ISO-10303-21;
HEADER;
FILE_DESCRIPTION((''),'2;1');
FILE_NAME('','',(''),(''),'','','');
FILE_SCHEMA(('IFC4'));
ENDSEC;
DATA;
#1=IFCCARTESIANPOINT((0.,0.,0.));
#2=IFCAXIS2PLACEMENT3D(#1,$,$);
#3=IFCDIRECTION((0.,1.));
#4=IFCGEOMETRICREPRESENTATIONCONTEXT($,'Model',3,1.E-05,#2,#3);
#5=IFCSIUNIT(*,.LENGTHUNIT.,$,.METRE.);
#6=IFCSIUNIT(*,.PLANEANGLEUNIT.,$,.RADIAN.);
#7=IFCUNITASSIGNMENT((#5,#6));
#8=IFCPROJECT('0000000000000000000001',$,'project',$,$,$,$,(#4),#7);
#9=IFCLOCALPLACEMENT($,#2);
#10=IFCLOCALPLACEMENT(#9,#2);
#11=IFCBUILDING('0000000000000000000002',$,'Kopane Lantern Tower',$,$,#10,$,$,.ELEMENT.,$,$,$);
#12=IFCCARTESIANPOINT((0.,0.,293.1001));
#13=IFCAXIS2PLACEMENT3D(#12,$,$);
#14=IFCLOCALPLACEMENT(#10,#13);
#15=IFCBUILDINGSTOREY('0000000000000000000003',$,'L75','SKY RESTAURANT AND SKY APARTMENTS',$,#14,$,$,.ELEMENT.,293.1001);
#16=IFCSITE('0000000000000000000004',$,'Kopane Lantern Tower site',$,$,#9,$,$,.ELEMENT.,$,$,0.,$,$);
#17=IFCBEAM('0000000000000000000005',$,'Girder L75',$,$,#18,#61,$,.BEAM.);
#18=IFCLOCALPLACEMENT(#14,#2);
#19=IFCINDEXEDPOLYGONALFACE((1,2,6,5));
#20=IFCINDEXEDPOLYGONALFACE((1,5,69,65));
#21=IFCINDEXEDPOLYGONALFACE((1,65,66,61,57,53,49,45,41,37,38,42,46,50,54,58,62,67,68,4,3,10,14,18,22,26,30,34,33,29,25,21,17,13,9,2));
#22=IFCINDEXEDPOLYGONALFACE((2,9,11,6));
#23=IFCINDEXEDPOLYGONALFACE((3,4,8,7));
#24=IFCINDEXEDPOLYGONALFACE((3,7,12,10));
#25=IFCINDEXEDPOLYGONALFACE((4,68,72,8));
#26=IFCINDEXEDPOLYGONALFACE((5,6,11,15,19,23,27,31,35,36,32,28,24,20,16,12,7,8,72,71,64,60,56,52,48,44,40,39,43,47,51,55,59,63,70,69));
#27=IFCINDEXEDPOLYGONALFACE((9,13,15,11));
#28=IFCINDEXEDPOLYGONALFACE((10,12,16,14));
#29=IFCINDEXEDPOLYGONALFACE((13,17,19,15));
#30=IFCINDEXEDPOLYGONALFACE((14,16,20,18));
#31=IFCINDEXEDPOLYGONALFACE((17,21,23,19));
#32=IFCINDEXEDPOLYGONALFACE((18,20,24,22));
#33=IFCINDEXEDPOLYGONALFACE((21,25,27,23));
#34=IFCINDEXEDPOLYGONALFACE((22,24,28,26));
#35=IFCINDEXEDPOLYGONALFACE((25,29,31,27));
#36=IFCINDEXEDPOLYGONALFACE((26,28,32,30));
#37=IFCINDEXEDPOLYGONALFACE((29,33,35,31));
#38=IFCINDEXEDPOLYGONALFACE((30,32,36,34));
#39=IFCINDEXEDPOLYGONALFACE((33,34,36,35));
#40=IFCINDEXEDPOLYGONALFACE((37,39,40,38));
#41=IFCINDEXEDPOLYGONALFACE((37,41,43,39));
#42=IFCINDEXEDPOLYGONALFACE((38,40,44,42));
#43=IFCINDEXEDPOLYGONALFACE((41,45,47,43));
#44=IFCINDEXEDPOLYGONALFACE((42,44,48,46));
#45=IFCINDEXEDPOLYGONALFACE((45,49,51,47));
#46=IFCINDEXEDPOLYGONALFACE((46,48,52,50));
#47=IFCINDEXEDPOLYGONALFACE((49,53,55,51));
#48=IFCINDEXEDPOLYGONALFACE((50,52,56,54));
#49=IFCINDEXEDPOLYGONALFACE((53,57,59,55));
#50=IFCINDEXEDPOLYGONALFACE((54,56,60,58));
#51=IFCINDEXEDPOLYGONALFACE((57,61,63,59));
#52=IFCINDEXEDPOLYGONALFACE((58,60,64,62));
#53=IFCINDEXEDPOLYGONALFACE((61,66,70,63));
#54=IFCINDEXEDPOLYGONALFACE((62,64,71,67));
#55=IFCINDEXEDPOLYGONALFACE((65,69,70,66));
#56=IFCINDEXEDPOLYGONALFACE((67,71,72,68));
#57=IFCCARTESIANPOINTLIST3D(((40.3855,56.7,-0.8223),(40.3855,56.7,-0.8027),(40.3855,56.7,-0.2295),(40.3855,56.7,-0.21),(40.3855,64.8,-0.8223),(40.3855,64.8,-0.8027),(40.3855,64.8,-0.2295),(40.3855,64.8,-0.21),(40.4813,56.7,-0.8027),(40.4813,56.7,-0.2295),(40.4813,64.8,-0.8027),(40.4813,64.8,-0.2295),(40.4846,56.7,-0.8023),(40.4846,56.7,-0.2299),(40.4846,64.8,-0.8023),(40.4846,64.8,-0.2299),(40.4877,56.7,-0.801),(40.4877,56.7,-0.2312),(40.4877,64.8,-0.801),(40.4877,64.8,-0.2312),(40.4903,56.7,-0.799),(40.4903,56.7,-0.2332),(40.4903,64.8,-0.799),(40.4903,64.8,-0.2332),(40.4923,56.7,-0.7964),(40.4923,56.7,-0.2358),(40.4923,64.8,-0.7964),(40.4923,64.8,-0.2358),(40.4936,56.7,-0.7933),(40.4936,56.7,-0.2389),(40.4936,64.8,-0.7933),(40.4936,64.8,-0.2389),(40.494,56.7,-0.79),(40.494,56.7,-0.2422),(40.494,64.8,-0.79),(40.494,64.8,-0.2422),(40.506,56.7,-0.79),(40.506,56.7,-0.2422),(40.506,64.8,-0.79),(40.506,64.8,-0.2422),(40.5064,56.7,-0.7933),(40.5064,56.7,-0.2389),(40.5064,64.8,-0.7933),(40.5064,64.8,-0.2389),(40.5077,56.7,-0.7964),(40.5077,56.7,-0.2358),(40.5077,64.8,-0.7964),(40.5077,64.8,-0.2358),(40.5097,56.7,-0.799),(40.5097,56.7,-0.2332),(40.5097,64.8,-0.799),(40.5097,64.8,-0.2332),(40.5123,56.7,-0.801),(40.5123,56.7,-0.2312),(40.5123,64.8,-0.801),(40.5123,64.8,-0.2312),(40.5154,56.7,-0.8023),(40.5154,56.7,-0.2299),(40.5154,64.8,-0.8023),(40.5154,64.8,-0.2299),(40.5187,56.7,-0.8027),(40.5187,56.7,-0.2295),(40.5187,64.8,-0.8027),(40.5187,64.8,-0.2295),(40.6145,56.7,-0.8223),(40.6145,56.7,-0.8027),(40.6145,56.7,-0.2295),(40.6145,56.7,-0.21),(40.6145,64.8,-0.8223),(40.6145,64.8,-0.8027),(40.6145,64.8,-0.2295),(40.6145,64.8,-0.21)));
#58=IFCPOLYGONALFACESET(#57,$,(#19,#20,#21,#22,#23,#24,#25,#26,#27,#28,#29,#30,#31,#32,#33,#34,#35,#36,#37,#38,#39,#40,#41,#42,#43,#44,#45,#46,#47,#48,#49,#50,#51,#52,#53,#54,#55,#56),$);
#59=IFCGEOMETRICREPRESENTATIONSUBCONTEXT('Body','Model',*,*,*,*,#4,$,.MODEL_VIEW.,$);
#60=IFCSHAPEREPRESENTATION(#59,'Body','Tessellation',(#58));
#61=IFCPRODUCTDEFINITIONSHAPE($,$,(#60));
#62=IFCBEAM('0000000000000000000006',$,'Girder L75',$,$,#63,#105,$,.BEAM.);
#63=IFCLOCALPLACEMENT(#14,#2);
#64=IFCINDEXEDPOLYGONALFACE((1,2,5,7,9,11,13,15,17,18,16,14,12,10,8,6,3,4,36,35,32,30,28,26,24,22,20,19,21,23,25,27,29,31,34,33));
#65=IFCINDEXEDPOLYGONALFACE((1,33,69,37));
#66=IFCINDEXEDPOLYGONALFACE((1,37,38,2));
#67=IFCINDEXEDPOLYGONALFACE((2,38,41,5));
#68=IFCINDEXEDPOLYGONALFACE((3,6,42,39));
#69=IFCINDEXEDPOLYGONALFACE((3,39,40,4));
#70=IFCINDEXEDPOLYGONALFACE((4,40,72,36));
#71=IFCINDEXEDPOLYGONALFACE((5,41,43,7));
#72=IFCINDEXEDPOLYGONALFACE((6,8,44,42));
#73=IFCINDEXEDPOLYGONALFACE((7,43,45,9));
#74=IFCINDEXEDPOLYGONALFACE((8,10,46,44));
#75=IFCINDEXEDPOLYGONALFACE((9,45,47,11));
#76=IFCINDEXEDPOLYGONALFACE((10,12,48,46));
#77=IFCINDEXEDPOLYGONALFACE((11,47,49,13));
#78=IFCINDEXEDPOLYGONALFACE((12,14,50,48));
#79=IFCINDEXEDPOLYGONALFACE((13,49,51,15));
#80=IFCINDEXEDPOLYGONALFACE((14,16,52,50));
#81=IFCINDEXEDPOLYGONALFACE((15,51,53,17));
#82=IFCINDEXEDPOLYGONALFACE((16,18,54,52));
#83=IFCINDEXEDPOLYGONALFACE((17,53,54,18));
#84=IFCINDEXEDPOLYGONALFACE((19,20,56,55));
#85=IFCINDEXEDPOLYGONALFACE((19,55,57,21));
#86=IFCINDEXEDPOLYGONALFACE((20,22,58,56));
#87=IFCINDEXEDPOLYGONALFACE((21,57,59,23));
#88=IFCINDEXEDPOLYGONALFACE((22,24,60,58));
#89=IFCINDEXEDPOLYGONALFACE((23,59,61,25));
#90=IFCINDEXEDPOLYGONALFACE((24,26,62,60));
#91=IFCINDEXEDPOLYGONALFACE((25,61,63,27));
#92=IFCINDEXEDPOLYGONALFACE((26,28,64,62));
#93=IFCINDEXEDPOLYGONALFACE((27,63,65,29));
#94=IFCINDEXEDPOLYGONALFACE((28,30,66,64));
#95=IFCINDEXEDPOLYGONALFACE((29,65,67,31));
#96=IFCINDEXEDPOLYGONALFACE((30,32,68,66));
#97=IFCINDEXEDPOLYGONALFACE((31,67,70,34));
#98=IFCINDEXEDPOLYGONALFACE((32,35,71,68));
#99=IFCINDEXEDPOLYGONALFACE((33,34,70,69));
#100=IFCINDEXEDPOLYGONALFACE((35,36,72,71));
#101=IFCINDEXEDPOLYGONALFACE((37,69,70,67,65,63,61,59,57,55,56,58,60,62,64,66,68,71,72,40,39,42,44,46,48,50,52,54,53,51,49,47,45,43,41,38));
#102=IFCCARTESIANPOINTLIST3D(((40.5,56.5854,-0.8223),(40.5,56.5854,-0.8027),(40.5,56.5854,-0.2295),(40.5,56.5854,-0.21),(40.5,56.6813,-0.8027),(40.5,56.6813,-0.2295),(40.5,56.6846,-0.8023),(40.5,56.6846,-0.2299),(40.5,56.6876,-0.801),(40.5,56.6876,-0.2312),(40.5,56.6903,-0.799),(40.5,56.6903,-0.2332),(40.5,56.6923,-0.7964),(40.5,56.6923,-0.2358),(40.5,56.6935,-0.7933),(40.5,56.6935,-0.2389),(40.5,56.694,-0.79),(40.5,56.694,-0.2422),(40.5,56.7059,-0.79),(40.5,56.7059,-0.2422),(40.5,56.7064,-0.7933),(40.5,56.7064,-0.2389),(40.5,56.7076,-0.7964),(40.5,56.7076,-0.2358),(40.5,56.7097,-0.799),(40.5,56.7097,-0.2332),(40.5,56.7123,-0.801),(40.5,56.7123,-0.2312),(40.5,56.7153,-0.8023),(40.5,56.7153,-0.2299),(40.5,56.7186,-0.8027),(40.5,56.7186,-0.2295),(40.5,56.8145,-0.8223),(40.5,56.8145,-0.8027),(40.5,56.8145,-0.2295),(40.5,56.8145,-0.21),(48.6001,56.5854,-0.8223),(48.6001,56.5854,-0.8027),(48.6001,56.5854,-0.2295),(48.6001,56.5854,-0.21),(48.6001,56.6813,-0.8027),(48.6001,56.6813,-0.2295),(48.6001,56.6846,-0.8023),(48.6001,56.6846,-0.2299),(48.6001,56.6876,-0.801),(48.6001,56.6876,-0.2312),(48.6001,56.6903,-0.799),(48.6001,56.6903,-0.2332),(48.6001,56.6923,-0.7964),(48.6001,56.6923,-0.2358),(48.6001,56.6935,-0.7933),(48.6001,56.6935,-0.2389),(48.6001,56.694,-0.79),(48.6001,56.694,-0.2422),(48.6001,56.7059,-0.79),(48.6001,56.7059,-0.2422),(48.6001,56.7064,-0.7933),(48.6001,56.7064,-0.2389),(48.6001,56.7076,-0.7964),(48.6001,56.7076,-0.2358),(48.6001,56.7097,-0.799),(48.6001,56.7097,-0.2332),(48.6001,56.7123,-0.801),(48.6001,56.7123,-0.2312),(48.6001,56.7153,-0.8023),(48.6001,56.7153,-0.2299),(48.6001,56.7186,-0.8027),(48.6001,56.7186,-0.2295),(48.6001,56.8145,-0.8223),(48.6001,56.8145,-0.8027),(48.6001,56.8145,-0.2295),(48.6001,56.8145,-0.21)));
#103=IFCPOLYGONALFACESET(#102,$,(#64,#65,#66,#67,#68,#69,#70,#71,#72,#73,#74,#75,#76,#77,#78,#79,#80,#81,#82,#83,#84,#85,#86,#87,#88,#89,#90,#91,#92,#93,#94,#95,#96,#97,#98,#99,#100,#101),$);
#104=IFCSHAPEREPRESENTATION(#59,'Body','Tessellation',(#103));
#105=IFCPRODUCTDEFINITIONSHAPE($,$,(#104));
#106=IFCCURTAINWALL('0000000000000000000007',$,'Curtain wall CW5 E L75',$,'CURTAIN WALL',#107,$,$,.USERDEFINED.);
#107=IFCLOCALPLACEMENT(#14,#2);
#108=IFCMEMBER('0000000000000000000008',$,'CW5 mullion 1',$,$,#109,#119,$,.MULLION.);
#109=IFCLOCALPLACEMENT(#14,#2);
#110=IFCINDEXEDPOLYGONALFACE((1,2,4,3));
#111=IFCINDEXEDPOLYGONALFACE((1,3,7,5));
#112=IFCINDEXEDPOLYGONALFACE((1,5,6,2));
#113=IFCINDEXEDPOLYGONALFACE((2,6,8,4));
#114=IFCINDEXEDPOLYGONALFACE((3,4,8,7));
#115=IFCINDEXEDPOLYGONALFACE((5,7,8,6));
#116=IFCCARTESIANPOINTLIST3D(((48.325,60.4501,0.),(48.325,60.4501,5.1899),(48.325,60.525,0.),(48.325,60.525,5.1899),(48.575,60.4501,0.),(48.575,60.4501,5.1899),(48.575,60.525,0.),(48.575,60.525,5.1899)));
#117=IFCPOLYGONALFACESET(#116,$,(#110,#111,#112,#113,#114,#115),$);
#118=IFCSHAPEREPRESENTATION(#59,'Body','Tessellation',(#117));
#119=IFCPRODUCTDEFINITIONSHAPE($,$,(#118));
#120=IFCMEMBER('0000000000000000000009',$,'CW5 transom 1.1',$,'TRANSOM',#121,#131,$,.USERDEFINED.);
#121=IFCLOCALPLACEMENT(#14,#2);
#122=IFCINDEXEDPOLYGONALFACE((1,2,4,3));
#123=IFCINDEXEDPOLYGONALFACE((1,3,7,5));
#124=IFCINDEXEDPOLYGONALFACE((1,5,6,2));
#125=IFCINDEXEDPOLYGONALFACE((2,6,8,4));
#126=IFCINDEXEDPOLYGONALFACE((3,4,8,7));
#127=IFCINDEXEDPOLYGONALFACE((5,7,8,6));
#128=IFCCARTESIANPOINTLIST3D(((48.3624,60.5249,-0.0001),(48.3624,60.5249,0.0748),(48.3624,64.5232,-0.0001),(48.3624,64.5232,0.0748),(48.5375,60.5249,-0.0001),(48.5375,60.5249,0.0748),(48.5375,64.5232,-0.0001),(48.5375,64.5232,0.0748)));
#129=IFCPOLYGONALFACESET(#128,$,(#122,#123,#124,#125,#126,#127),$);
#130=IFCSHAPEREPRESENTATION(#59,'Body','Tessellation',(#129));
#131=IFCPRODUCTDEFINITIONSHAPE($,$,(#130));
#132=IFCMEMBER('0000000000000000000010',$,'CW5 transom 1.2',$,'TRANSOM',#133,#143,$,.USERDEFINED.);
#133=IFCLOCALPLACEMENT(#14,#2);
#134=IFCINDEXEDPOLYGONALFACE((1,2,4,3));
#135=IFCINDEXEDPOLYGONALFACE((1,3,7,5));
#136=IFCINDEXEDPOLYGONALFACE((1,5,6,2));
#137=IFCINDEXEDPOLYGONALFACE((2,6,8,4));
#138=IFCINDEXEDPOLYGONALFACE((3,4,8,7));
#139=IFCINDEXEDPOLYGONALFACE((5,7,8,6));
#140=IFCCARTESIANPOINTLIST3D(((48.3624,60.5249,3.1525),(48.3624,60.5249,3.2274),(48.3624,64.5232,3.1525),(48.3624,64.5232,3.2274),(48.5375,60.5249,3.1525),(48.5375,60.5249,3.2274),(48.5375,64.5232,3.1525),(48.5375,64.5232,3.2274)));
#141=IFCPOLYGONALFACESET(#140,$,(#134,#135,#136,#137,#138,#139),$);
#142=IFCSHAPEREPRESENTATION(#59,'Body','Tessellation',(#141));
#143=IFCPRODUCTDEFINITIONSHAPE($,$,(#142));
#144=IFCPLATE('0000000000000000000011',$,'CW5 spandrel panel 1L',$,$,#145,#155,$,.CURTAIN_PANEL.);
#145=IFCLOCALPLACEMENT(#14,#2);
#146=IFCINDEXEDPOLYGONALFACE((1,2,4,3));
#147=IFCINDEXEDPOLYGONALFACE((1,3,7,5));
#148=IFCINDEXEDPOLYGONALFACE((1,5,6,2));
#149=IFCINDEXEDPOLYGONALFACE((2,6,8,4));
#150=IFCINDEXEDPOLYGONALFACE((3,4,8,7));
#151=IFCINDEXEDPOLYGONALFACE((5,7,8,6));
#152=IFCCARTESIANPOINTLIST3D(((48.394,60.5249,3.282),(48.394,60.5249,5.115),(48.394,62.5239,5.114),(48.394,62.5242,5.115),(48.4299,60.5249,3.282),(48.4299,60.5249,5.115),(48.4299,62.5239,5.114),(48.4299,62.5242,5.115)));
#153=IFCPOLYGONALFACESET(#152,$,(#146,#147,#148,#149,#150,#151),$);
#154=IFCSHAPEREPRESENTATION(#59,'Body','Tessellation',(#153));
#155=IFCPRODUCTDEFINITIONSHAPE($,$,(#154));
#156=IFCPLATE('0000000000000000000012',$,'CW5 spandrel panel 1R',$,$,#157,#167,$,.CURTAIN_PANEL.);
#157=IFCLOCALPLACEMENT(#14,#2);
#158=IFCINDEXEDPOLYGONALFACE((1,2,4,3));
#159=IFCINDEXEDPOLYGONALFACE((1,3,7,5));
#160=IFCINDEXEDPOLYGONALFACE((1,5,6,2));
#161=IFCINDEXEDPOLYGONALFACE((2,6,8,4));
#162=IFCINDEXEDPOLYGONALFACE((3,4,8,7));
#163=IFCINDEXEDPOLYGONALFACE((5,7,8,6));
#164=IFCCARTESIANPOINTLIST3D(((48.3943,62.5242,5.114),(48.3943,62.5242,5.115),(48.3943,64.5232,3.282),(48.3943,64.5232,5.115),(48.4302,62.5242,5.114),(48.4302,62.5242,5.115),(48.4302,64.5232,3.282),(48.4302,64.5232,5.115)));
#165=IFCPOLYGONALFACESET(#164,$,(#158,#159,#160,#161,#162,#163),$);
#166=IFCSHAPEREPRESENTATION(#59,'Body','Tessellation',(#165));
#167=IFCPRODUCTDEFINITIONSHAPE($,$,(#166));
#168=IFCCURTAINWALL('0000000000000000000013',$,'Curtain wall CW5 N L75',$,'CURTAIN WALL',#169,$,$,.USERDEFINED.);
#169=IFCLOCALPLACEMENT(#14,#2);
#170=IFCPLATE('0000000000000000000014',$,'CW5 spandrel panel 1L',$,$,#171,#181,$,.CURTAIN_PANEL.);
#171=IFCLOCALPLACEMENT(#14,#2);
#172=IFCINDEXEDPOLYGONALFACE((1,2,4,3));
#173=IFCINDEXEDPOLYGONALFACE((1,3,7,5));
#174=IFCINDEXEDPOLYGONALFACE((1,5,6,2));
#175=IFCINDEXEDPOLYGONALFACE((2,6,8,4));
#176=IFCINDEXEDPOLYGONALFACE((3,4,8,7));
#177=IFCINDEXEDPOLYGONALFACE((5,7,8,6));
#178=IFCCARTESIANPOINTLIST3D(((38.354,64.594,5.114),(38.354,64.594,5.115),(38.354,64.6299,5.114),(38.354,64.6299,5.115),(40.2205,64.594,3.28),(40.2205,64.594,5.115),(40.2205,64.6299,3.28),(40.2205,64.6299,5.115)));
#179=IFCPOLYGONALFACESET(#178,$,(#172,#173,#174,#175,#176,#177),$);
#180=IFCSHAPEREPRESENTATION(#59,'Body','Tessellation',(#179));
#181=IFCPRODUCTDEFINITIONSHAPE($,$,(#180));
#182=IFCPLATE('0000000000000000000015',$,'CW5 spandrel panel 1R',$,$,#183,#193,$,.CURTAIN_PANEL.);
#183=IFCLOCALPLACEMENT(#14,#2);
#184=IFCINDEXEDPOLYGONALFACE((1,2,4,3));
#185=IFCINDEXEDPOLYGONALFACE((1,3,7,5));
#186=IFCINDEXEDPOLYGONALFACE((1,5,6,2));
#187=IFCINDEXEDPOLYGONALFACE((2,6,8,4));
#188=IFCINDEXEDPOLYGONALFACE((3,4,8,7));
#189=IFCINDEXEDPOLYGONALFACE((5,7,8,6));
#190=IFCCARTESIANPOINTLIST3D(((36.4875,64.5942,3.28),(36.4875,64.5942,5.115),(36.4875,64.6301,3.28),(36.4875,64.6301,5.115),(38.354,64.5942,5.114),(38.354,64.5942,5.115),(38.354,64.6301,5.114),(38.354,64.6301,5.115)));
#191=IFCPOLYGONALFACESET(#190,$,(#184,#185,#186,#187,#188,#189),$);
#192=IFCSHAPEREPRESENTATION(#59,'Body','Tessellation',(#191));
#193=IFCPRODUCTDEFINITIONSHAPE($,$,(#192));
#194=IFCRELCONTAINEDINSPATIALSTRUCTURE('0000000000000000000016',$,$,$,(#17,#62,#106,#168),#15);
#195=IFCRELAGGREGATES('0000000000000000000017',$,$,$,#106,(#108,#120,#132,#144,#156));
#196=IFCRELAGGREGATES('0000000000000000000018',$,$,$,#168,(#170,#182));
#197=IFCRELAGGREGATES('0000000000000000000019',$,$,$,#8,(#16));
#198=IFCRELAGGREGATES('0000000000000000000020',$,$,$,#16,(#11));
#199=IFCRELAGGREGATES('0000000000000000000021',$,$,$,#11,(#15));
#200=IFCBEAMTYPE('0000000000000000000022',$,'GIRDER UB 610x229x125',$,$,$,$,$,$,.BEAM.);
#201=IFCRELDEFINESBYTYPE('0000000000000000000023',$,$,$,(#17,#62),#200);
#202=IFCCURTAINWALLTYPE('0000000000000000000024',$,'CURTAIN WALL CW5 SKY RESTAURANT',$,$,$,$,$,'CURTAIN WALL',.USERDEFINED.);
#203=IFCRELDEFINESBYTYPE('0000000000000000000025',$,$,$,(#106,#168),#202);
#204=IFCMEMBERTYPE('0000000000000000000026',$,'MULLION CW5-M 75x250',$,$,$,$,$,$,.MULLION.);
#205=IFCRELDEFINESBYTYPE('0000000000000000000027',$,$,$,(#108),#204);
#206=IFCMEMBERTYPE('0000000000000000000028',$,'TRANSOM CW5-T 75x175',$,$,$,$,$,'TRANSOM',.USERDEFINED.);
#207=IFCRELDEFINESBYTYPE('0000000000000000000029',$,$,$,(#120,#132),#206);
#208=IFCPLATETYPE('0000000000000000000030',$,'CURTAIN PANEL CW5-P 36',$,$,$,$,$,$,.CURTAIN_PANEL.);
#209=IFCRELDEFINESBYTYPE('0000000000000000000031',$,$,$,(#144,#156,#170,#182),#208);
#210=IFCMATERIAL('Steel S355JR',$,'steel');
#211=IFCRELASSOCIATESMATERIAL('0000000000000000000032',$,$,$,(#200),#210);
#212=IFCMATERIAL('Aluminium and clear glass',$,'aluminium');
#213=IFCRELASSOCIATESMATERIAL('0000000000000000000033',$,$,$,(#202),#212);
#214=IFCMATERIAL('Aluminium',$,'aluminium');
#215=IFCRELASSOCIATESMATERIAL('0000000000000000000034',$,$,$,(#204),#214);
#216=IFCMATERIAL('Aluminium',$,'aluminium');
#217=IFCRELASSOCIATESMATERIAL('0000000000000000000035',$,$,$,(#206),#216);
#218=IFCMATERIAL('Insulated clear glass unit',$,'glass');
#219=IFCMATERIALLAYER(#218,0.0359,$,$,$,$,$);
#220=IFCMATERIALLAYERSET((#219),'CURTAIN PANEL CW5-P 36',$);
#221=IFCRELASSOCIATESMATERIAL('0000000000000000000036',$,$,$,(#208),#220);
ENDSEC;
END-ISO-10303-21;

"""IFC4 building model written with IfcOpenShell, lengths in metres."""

from ifc_helpers import new_model, si_unit, direction, frame, origin, origin_2d, place, context, subcontext, project, spatial, polyline, rectangle, i_section, outline, extrude, material, layer, layer_set, material_profile, profile_set, type_object, element, aggregate, save


model = new_model("IFC4")

# Units and contexts
model_context = context("Model", 3, precision=1e-05, world=origin(), true_north=direction((0.0, 1.0)))
body_context = subcontext(model_context, "Body", "Model", "MODEL_VIEW")
ifc_project = project(units=[si_unit("LENGTHUNIT", "METRE"), si_unit("PLANEANGLEUNIT", "RADIAN")], contexts=[model_context])

# Site, building, storey
site_placement = place(None, origin())
site = spatial("IfcSite", under=ifc_project, at=site_placement, Name="Kopane Lantern Tower site", CompositionType="ELEMENT", RefElevation=0.0)
building_placement = place(site_placement, origin())
building = spatial("IfcBuilding", under=site, at=building_placement, Name="Kopane Lantern Tower", CompositionType="ELEMENT")
storey_placement = place(building_placement, frame((0.0, 0.0, 293.1001)))
storey = spatial("IfcBuildingStorey", under=building, at=storey_placement, Name="L75", Description="SKY RESTAURANT AND SKY APARTMENTS", CompositionType="ELEMENT", Elevation=293.1001)

# Beams
ifc_material_1 = material(Name="Steel S355JR", Category="steel")
ifc_material_profile_1 = material_profile(ifc_material_1, i_section(OverallWidth=0.229, OverallDepth=0.6123, WebThickness=0.012, FlangeThickness=0.0195, FilletRadius=0.0127, at=origin_2d()), Name="UB 610x229x125")
ifc_profile_set_1 = profile_set([ifc_material_profile_1], Name="Steel S355JR")
beam_type = type_object("IfcBeamType", Name="GIRDER UB 610x229x125", PredefinedType="BEAM", material=ifc_profile_set_1)
for number, where, z_axis, x_axis, name in (
    (1, (40.5, 56.7, -0.5161), (0.0, 1.0, 0.0), (-1.0, 0.0, 0.0), "Girder L75"),
    (2, (40.5, 56.7, -0.5161), (1.0, 0.0, 0.0), (0.0, 1.0, 0.0), "Girder L75"),
):
    element("IfcBeam", number, at=place(storey_placement, frame(where, z_axis=z_axis, x_axis=x_axis)), inside=storey, type_object=beam_type, Name=name, PredefinedType="BEAM", context=body_context, shape_type="SweptSolid", body=[
        extrude(i_section(OverallWidth=0.229, OverallDepth=0.6123, WebThickness=0.012, FlangeThickness=0.0195, FilletRadius=0.0127, at=origin_2d()), origin(), (0.0, 0.0, 1.0), 8.1001),
    ])

# Curtain wall, members, plates
ifc_material_2 = material(Name="Aluminium and clear glass", Category="aluminium")
curtain_wall_type = type_object("IfcCurtainWallType", Name="CURTAIN WALL CW5 SKY RESTAURANT", ElementType="CURTAIN WALL", PredefinedType="USERDEFINED", material=ifc_material_2)
curtain_wall_1_placement = place(storey_placement, origin())
curtain_wall_1 = element("IfcCurtainWall", 3, at=curtain_wall_1_placement, inside=storey, type_object=curtain_wall_type, Name="Curtain wall CW5 E L75", ObjectType="CURTAIN WALL", PredefinedType="USERDEFINED")
ifc_material_3 = material(Name="Aluminium", Category="aluminium")
ifc_material_profile_2 = material_profile(ifc_material_3, rectangle(XDim=0.075, YDim=0.25, at=origin_2d()), Name="AL 75x250")
ifc_profile_set_2 = profile_set([ifc_material_profile_2], Name="Aluminium")
member_type_1 = type_object("IfcMemberType", Name="MULLION CW5-M 75x250", PredefinedType="MULLION", material=ifc_profile_set_2)
member_1_placement = place(storey_placement, frame((48.45, 60.4875, 0.0), z_axis=(0.0, 0.0, 1.0), x_axis=(0.0, 1.0, 0.0)))
member_1 = element("IfcMember", 4, at=member_1_placement, type_object=member_type_1, Name="CW5 mullion 1", PredefinedType="MULLION", context=body_context, shape_type="SweptSolid", body=[
    extrude(rectangle(XDim=0.075, YDim=0.25, at=origin_2d()), origin(), (0.0, 0.0, 1.0), 5.1899),
])
ifc_material_4 = material(Name="Aluminium", Category="aluminium")
ifc_material_profile_3 = material_profile(ifc_material_4, rectangle(XDim=0.175, YDim=0.075, at=origin_2d()), Name="AL 175x75")
ifc_profile_set_3 = profile_set([ifc_material_profile_3], Name="Aluminium")
member_type_2 = type_object("IfcMemberType", Name="TRANSOM CW5-T 75x175", ElementType="TRANSOM", PredefinedType="USERDEFINED", material=ifc_profile_set_3)
member_2_placement = place(storey_placement, frame((48.45, 60.5249, 0.0374), z_axis=(0.0, 1.0, 0.0), x_axis=(-1.0, 0.0, 0.0)))
member_2 = element("IfcMember", 5, at=member_2_placement, type_object=member_type_2, Name="CW5 transom 1.1", ObjectType="TRANSOM", PredefinedType="USERDEFINED", context=body_context, shape_type="SweptSolid", body=[
    extrude(rectangle(XDim=0.175, YDim=0.075, at=origin_2d()), origin(), (0.0, 0.0, 1.0), 3.9983),
])
member_3_placement = place(storey_placement, frame((48.45, 60.5249, 3.1899), z_axis=(0.0, 1.0, 0.0), x_axis=(-1.0, 0.0, 0.0)))
member_3 = element("IfcMember", 6, at=member_3_placement, type_object=member_type_2, Name="CW5 transom 1.2", ObjectType="TRANSOM", PredefinedType="USERDEFINED", context=body_context, shape_type="SweptSolid", body=[
    extrude(rectangle(XDim=0.175, YDim=0.075, at=origin_2d()), origin(), (0.0, 0.0, 1.0), 3.9983),
])
ifc_material_5 = material(Name="Insulated clear glass unit", Category="glass")
ifc_layer_1 = layer(ifc_material_5, 0.0359)
ifc_layer_set_1 = layer_set([ifc_layer_1], Name="CURTAIN PANEL CW5-P 36")
plate_type = type_object("IfcPlateType", Name="CURTAIN PANEL CW5-P 36", PredefinedType="CURTAIN_PANEL", material=ifc_layer_set_1)
plate_1_placement = place(storey_placement, frame((48.4121, 60.5249, 5.115), z_axis=(0.0, 0.0, 1.0), x_axis=(0.0, 1.0, 0.0)))
plate_1 = element("IfcPlate", 7, at=plate_1_placement, type_object=plate_type, Name="CW5 spandrel panel 1L", PredefinedType="CURTAIN_PANEL", context=body_context, shape_type="SweptSolid", body=[
    extrude(outline(polyline([(0.0, 0.0), (1.9993, 0.0), (1.999, -0.001), (0.0, -1.833), (0.0, 0.0)])), frame((0.0, 0.0181, 0.0), z_axis=(0.0, -1.0, 0.0), x_axis=(1.0, 0.0, 0.0)), (0.0, 0.0, 1.0), 0.0359),
])
plate_2_placement = place(storey_placement, frame((48.4121, 64.5232, 5.115), z_axis=(0.0, 0.0, 1.0), x_axis=(0.0, -1.0, 0.0)))
plate_2 = element("IfcPlate", 8, at=plate_2_placement, type_object=plate_type, Name="CW5 spandrel panel 1R", PredefinedType="CURTAIN_PANEL", context=body_context, shape_type="SweptSolid", body=[
    extrude(outline(polyline([(0.0, 0.0), (1.999, 0.0), (1.999, -0.001), (0.0, -1.833), (0.0, 0.0)])), frame((0.0, 0.0181, 0.0), z_axis=(0.0, -1.0, 0.0), x_axis=(1.0, 0.0, 0.0)), (0.0, 0.0, 1.0), 0.0359),
])
aggregate(curtain_wall_1, [member_1, member_2, member_3, plate_1, plate_2])

# Curtain wall, plates
curtain_wall_2_placement = place(storey_placement, origin())
curtain_wall_2 = element("IfcCurtainWall", 9, at=curtain_wall_2_placement, inside=storey, type_object=curtain_wall_type, Name="Curtain wall CW5 N L75", ObjectType="CURTAIN WALL", PredefinedType="USERDEFINED")
plate_3_placement = place(storey_placement, frame((40.2205, 64.6121, 5.115), z_axis=(0.0, 0.0, 1.0), x_axis=(-1.0, 0.0, 0.0)))
plate_3 = element("IfcPlate", 10, at=plate_3_placement, type_object=plate_type, Name="CW5 spandrel panel 1L", PredefinedType="CURTAIN_PANEL", context=body_context, shape_type="SweptSolid", body=[
    extrude(outline(polyline([(0.0, 0.0), (1.8665, 0.0), (1.8665, -0.001), (0.0, -1.835), (0.0, 0.0)])), frame((0.0, 0.0181, 0.0), z_axis=(0.0, -1.0, 0.0), x_axis=(1.0, 0.0, 0.0)), (0.0, 0.0, 1.0), 0.0359),
])
plate_4_placement = place(storey_placement, frame((36.4875, 64.6121, 5.115), z_axis=(0.0, 0.0, 1.0), x_axis=(1.0, 0.0, 0.0)))
plate_4 = element("IfcPlate", 11, at=plate_4_placement, type_object=plate_type, Name="CW5 spandrel panel 1R", PredefinedType="CURTAIN_PANEL", context=body_context, shape_type="SweptSolid", body=[
    extrude(outline(polyline([(0.0, 0.0), (1.8665, 0.0), (1.8665, -0.001), (0.0, -1.835), (0.0, 0.0)])), frame((0.0, 0.0181, 0.0), z_axis=(0.0, -1.0, 0.0), x_axis=(1.0, 0.0, 0.0)), (0.0, 0.0, 1.0), 0.0359),
])
aggregate(curtain_wall_2, [plate_3, plate_4])

save(model, "model.ifc")
